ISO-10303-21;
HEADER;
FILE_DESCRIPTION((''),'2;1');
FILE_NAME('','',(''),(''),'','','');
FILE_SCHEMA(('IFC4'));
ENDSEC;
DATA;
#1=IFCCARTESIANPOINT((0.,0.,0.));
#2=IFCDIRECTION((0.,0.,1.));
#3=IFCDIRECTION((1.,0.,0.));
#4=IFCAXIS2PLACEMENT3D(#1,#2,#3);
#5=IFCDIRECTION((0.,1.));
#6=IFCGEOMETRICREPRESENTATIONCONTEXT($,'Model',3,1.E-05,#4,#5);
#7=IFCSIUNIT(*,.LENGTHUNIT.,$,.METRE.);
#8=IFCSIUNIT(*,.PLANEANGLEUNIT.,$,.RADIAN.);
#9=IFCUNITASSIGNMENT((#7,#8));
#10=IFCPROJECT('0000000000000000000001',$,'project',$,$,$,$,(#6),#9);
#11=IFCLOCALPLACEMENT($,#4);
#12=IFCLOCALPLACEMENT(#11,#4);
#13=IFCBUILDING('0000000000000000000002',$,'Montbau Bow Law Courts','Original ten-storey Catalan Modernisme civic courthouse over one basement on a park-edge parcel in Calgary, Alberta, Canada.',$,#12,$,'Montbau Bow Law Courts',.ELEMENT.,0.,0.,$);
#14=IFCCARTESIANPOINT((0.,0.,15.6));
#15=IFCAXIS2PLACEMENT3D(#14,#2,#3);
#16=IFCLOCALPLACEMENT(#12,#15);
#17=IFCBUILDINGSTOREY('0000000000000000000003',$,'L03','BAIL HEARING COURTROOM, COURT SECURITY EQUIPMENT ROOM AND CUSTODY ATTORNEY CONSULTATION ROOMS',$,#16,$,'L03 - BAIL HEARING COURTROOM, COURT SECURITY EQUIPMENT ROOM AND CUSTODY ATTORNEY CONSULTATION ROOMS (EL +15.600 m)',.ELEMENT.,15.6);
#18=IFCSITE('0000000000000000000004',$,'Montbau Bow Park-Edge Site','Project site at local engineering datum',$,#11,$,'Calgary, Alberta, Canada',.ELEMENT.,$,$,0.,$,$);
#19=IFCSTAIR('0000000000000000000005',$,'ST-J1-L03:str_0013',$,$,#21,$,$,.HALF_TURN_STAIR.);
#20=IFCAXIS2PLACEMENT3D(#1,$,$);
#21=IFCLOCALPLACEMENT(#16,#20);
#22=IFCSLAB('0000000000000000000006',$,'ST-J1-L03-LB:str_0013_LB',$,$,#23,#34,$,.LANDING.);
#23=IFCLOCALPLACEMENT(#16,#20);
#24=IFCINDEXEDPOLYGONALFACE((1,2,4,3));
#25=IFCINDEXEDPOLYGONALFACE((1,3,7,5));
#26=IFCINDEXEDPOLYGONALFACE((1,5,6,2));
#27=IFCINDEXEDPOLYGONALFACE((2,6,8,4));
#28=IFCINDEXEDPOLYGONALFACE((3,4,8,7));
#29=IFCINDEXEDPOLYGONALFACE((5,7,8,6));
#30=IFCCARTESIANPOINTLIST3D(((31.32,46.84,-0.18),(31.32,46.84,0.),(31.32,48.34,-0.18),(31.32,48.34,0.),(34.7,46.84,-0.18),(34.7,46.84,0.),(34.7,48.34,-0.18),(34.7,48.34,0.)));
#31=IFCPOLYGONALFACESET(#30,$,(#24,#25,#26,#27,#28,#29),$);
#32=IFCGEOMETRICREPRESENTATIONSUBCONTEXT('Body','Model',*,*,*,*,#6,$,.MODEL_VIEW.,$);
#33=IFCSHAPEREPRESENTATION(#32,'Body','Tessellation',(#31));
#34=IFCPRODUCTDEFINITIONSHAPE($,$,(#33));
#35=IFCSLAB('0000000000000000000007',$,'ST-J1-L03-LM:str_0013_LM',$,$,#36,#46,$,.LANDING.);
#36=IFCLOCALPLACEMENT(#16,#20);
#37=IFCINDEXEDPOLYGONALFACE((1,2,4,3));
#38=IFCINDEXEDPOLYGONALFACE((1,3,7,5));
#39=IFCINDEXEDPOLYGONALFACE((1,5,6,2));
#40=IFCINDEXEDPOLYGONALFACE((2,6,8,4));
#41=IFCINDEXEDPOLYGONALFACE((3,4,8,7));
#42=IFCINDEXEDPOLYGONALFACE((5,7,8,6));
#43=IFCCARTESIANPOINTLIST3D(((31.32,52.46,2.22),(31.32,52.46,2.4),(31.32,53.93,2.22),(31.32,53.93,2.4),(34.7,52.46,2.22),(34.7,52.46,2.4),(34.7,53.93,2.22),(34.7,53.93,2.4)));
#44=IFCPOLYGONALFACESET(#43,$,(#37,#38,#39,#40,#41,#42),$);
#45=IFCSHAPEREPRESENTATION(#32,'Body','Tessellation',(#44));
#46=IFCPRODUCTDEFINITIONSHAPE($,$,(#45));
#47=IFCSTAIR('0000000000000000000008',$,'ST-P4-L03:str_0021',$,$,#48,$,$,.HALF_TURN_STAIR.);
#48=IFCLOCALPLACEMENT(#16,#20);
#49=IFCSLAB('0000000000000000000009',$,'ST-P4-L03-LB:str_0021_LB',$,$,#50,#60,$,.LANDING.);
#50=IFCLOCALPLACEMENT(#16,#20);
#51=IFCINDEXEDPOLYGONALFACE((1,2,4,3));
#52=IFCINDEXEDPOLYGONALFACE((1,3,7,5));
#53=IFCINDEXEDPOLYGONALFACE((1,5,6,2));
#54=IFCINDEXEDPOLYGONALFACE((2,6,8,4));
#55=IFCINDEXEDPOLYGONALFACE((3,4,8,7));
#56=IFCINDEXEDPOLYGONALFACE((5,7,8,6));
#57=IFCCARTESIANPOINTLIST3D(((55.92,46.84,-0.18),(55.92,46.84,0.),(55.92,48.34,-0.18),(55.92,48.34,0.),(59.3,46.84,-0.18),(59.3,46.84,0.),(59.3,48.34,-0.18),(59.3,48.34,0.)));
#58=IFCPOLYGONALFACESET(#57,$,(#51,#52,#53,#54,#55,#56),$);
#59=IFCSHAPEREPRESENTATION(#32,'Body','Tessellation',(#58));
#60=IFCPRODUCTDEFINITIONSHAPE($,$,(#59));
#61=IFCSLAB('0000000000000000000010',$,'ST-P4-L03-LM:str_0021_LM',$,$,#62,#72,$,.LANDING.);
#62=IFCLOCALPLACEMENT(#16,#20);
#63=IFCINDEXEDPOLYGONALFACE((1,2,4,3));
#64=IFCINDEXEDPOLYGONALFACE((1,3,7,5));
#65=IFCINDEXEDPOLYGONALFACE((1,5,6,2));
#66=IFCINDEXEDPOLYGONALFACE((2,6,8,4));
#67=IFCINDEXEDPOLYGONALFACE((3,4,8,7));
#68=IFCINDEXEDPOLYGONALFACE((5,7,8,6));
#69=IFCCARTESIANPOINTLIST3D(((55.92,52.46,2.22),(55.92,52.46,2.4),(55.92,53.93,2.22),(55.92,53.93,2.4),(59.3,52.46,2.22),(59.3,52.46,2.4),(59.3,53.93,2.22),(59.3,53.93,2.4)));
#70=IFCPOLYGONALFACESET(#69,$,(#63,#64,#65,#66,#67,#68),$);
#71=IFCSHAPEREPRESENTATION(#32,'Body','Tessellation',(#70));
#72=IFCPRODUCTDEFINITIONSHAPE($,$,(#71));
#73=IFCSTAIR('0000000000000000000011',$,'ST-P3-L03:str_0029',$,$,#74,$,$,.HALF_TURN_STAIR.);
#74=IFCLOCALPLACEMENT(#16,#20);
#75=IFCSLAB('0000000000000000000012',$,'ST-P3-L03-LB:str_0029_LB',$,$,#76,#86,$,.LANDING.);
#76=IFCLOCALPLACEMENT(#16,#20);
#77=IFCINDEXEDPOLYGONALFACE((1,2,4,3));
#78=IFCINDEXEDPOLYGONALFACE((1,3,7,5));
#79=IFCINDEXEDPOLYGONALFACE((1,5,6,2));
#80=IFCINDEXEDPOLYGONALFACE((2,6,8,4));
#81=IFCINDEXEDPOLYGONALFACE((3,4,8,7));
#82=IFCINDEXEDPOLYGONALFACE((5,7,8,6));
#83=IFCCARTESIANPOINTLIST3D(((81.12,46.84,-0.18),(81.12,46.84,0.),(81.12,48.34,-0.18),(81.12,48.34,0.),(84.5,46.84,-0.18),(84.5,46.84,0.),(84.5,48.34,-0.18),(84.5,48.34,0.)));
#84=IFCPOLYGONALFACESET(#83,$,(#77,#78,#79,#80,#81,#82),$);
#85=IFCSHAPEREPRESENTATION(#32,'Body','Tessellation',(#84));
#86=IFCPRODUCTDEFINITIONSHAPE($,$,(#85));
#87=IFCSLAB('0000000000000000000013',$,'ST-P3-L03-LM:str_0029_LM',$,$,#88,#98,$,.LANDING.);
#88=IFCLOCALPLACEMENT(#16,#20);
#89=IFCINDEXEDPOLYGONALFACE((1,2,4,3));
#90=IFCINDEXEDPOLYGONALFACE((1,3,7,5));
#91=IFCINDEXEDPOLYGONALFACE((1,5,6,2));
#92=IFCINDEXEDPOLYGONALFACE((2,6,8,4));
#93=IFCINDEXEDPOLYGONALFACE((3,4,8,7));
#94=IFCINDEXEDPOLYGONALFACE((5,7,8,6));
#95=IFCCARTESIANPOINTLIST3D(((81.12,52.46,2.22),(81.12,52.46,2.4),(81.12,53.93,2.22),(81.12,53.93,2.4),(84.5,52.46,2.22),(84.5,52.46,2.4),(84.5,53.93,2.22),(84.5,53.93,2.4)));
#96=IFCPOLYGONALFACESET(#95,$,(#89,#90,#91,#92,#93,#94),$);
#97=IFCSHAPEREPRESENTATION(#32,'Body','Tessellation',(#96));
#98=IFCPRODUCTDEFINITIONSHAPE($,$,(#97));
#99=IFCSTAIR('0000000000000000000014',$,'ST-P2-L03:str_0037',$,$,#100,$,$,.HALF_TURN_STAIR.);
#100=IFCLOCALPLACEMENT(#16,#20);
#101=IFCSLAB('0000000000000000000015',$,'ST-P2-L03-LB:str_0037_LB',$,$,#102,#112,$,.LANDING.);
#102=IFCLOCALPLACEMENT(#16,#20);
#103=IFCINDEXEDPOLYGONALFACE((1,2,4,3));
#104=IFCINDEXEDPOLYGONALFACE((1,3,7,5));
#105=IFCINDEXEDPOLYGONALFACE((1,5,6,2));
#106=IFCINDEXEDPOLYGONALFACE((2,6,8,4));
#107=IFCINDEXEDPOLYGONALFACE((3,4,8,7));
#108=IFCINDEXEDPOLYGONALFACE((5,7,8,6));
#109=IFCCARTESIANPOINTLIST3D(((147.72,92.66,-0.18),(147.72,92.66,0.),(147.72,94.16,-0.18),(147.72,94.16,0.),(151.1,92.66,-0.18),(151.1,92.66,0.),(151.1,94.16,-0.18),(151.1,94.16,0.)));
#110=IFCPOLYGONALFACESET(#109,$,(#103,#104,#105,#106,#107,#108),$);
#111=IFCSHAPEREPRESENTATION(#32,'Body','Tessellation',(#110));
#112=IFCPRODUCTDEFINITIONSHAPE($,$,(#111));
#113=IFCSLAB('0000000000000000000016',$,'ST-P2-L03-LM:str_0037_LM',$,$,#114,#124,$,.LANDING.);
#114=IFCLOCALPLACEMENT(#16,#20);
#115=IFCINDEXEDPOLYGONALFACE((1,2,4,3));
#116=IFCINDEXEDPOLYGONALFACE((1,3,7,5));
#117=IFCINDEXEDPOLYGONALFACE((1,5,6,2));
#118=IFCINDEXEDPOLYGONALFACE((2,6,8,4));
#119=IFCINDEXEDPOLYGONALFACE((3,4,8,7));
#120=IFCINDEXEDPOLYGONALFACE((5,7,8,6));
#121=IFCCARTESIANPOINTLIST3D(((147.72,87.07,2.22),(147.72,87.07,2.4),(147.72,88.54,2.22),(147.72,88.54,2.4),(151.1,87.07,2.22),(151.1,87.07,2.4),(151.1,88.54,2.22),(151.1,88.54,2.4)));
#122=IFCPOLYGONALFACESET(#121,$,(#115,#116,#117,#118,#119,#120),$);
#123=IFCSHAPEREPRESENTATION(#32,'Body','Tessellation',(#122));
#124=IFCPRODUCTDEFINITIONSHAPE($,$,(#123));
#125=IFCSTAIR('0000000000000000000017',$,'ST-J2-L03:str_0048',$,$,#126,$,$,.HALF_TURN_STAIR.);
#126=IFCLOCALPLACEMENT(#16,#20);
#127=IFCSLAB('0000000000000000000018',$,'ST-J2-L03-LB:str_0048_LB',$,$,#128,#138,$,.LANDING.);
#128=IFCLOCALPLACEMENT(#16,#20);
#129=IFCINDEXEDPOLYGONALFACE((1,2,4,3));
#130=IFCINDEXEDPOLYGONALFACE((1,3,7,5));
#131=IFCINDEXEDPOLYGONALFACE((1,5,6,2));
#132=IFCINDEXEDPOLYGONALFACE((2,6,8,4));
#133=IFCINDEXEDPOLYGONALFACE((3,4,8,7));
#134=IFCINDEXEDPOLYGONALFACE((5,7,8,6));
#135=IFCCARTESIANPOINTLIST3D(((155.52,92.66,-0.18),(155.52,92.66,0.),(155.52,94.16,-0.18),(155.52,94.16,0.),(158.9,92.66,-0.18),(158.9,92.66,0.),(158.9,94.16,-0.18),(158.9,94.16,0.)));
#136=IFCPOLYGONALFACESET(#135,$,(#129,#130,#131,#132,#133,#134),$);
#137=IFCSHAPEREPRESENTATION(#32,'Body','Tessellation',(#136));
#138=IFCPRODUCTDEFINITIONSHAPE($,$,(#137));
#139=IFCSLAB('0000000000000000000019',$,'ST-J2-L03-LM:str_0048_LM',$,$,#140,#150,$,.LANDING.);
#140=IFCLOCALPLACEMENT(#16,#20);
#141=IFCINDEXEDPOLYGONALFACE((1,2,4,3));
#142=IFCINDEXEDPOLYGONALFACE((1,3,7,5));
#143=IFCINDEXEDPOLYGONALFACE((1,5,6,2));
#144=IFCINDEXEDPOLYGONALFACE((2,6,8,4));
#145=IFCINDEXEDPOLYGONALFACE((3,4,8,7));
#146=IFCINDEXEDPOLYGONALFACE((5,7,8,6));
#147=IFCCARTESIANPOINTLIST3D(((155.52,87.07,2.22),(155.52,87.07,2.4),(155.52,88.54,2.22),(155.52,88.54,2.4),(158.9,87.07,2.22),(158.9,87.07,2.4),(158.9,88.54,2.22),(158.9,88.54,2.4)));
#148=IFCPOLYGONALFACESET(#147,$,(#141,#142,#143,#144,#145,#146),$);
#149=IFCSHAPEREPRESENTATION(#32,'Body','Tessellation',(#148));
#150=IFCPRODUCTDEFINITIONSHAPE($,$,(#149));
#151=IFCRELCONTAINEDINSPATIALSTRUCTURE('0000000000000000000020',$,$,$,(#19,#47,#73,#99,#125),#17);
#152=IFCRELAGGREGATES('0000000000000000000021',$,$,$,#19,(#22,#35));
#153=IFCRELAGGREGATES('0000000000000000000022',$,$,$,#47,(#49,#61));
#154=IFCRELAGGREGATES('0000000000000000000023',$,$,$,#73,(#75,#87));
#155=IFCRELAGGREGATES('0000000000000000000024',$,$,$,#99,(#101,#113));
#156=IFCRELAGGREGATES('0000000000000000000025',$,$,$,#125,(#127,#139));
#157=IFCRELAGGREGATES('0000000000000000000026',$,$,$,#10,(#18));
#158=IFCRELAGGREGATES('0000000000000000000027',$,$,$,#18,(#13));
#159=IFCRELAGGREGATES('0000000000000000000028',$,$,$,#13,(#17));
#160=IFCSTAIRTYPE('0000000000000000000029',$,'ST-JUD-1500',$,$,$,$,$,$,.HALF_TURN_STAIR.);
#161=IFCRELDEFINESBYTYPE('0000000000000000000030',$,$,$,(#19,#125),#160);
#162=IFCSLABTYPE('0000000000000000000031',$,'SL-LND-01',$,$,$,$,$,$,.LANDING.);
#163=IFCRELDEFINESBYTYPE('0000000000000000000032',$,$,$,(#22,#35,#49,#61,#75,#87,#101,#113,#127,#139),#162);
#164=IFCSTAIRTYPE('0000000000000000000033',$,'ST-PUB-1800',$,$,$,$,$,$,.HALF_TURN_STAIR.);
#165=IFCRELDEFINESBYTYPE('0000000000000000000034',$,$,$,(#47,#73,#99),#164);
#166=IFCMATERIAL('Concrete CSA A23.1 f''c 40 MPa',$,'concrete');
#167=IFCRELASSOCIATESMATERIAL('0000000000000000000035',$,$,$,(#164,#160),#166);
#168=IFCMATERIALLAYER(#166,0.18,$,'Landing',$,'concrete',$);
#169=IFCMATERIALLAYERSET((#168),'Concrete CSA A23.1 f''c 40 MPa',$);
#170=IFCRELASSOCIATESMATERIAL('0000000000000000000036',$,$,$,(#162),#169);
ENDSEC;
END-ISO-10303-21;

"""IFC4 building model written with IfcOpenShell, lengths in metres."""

from ifc_helpers import new_model, si_unit, direction, frame, origin_with_axes, place, context, subcontext, project, spatial, polyline, outline, extrude, material, layer, layer_set, type_object, element, aggregate, save


model = new_model("IFC4")

# Units and contexts
model_context = context("Model", 3, precision=1e-05, world=origin_with_axes(), true_north=direction((0.0, 1.0)))
body_context = subcontext(model_context, "Body", "Model", "MODEL_VIEW")
ifc_project = project(units=[si_unit("LENGTHUNIT", "METRE"), si_unit("PLANEANGLEUNIT", "RADIAN")], contexts=[model_context])

# Site, building, storey
site_placement = place(None, origin_with_axes())
site = spatial("IfcSite", under=ifc_project, at=site_placement, Name="Montbau Bow Park-Edge Site", Description="Project site at local engineering datum", LongName="Calgary, Alberta, Canada", CompositionType="ELEMENT", RefElevation=0.0)
building_placement = place(site_placement, origin_with_axes())
building = spatial("IfcBuilding", under=site, at=building_placement, Name="Montbau Bow Law Courts", Description="Original ten-storey Catalan Modernisme civic courthouse over one basement on a park-edge parcel in Calgary, Alberta, Canada.", LongName="Montbau Bow Law Courts", CompositionType="ELEMENT", ElevationOfRefHeight=0.0, ElevationOfTerrain=0.0)
storey_placement = place(building_placement, frame((0.0, 0.0, 15.6), z_axis=(0.0, 0.0, 1.0), x_axis=(1.0, 0.0, 0.0)))
storey = spatial("IfcBuildingStorey", under=building, at=storey_placement, Name="L03", Description="BAIL HEARING COURTROOM, COURT SECURITY EQUIPMENT ROOM AND CUSTODY ATTORNEY CONSULTATION ROOMS", LongName="L03 - BAIL HEARING COURTROOM, COURT SECURITY EQUIPMENT ROOM AND CUSTODY ATTORNEY CONSULTATION ROOMS (EL +15.600 m)", CompositionType="ELEMENT", Elevation=15.6)

# Shared definitions
ifc_material_1 = material(Name="Concrete CSA A23.1 f'c 40 MPa", Category="concrete")

# Stairs, slabs
stair_type_1 = type_object("IfcStairType", Name="ST-PUB-1800", PredefinedType="HALF_TURN_STAIR", material=ifc_material_1)
ifc_layer_1 = layer(ifc_material_1, 0.18, Name="Landing", Category="concrete")
ifc_layer_set_1 = layer_set([ifc_layer_1], Name="Concrete CSA A23.1 f'c 40 MPa")
slab_type_1 = type_object("IfcSlabType", Name="SL-LND-01", PredefinedType="LANDING", material=ifc_layer_set_1)
stair_type_2 = type_object("IfcStairType", Name="ST-JUD-1500", PredefinedType="HALF_TURN_STAIR", material=ifc_material_1)
stair_1_placement = place(None, frame((32.065, 48.3, 15.6), z_axis=(0.0, 0.0, 1.0), x_axis=(1.0, 0.0, 0.0)))
stair_1 = element("IfcStair", 1, at=stair_1_placement, inside=storey, type_object=stair_type_2, Name="ST-J1-L03:str_0013", PredefinedType="HALF_TURN_STAIR")
slab_1_placement = place(None, frame((0.0, 0.0, 15.42), z_axis=(0.0, 0.0, 1.0), x_axis=(1.0, 0.0, 0.0)))
slab_1 = element("IfcSlab", 2, at=slab_1_placement, type_object=slab_type_1, Name="ST-J1-L03-LB:str_0013_LB", PredefinedType="LANDING", context=body_context, shape_type="SweptSolid", body=[
    extrude(outline(polyline([(31.32, 46.84), (34.7, 46.84), (34.7, 48.34), (31.32, 48.34), (31.32, 46.84)])), origin_with_axes(), (0.0, 0.0, 1.0), 0.18),
])
slab_2_placement = place(None, frame((0.0, 0.0, 17.82), z_axis=(0.0, 0.0, 1.0), x_axis=(1.0, 0.0, 0.0)))
slab_2 = element("IfcSlab", 3, at=slab_2_placement, type_object=slab_type_1, Name="ST-J1-L03-LM:str_0013_LM", PredefinedType="LANDING", context=body_context, shape_type="SweptSolid", body=[
    extrude(outline(polyline([(31.32, 52.46), (34.7, 52.46), (34.7, 53.93), (31.32, 53.93), (31.32, 52.46)])), origin_with_axes(), (0.0, 0.0, 1.0), 0.18),
])
aggregate(stair_1, [slab_1, slab_2])
stair_2_placement = place(None, frame((56.705, 48.3, 15.6), z_axis=(0.0, 0.0, 1.0), x_axis=(1.0, 0.0, 0.0)))
stair_2 = element("IfcStair", 4, at=stair_2_placement, inside=storey, type_object=stair_type_1, Name="ST-P4-L03:str_0021", PredefinedType="HALF_TURN_STAIR")
slab_3_placement = place(None, frame((0.0, 0.0, 15.42), z_axis=(0.0, 0.0, 1.0), x_axis=(1.0, 0.0, 0.0)))
slab_3 = element("IfcSlab", 5, at=slab_3_placement, type_object=slab_type_1, Name="ST-P4-L03-LB:str_0021_LB", PredefinedType="LANDING", context=body_context, shape_type="SweptSolid", body=[
    extrude(outline(polyline([(55.92, 46.84), (59.3, 46.84), (59.3, 48.34), (55.92, 48.34), (55.92, 46.84)])), origin_with_axes(), (0.0, 0.0, 1.0), 0.18),
])
slab_4_placement = place(None, frame((0.0, 0.0, 17.82), z_axis=(0.0, 0.0, 1.0), x_axis=(1.0, 0.0, 0.0)))
slab_4 = element("IfcSlab", 6, at=slab_4_placement, type_object=slab_type_1, Name="ST-P4-L03-LM:str_0021_LM", PredefinedType="LANDING", context=body_context, shape_type="SweptSolid", body=[
    extrude(outline(polyline([(55.92, 52.46), (59.3, 52.46), (59.3, 53.93), (55.92, 53.93), (55.92, 52.46)])), origin_with_axes(), (0.0, 0.0, 1.0), 0.18),
])
aggregate(stair_2, [slab_3, slab_4])
stair_3_placement = place(None, frame((81.905, 48.3, 15.6), z_axis=(0.0, 0.0, 1.0), x_axis=(1.0, 0.0, 0.0)))
stair_3 = element("IfcStair", 7, at=stair_3_placement, inside=storey, type_object=stair_type_1, Name="ST-P3-L03:str_0029", PredefinedType="HALF_TURN_STAIR")
slab_5_placement = place(None, frame((0.0, 0.0, 15.42), z_axis=(0.0, 0.0, 1.0), x_axis=(1.0, 0.0, 0.0)))
slab_5 = element("IfcSlab", 8, at=slab_5_placement, type_object=slab_type_1, Name="ST-P3-L03-LB:str_0029_LB", PredefinedType="LANDING", context=body_context, shape_type="SweptSolid", body=[
    extrude(outline(polyline([(81.12, 46.84), (84.5, 46.84), (84.5, 48.34), (81.12, 48.34), (81.12, 46.84)])), origin_with_axes(), (0.0, 0.0, 1.0), 0.18),
])
slab_6_placement = place(None, frame((0.0, 0.0, 17.82), z_axis=(0.0, 0.0, 1.0), x_axis=(1.0, 0.0, 0.0)))
slab_6 = element("IfcSlab", 9, at=slab_6_placement, type_object=slab_type_1, Name="ST-P3-L03-LM:str_0029_LM", PredefinedType="LANDING", context=body_context, shape_type="SweptSolid", body=[
    extrude(outline(polyline([(81.12, 52.46), (84.5, 52.46), (84.5, 53.93), (81.12, 53.93), (81.12, 52.46)])), origin_with_axes(), (0.0, 0.0, 1.0), 0.18),
])
aggregate(stair_3, [slab_5, slab_6])
stair_4_placement = place(None, frame((148.505, 92.7, 15.6), z_axis=(0.0, 0.0, 1.0), x_axis=(1.0, 0.0, 0.0)))
stair_4 = element("IfcStair", 10, at=stair_4_placement, inside=storey, type_object=stair_type_1, Name="ST-P2-L03:str_0037", PredefinedType="HALF_TURN_STAIR")
slab_7_placement = place(None, frame((0.0, 0.0, 15.42), z_axis=(0.0, 0.0, 1.0), x_axis=(1.0, 0.0, 0.0)))
slab_7 = element("IfcSlab", 11, at=slab_7_placement, type_object=slab_type_1, Name="ST-P2-L03-LB:str_0037_LB", PredefinedType="LANDING", context=body_context, shape_type="SweptSolid", body=[
    extrude(outline(polyline([(147.72, 92.66), (151.1, 92.66), (151.1, 94.16), (147.72, 94.16), (147.72, 92.66)])), origin_with_axes(), (0.0, 0.0, 1.0), 0.18),
])
slab_8_placement = place(None, frame((0.0, 0.0, 17.82), z_axis=(0.0, 0.0, 1.0), x_axis=(1.0, 0.0, 0.0)))
slab_8 = element("IfcSlab", 12, at=slab_8_placement, type_object=slab_type_1, Name="ST-P2-L03-LM:str_0037_LM", PredefinedType="LANDING", context=body_context, shape_type="SweptSolid", body=[
    extrude(outline(polyline([(147.72, 87.07), (151.1, 87.07), (151.1, 88.54), (147.72, 88.54), (147.72, 87.07)])), origin_with_axes(), (0.0, 0.0, 1.0), 0.18),
])
aggregate(stair_4, [slab_7, slab_8])
stair_5_placement = place(None, frame((156.265, 92.7, 15.6), z_axis=(0.0, 0.0, 1.0), x_axis=(1.0, 0.0, 0.0)))
stair_5 = element("IfcStair", 13, at=stair_5_placement, inside=storey, type_object=stair_type_2, Name="ST-J2-L03:str_0048", PredefinedType="HALF_TURN_STAIR")
slab_9_placement = place(None, frame((0.0, 0.0, 15.42), z_axis=(0.0, 0.0, 1.0), x_axis=(1.0, 0.0, 0.0)))
slab_9 = element("IfcSlab", 14, at=slab_9_placement, type_object=slab_type_1, Name="ST-J2-L03-LB:str_0048_LB", PredefinedType="LANDING", context=body_context, shape_type="SweptSolid", body=[
    extrude(outline(polyline([(155.52, 92.66), (158.9, 92.66), (158.9, 94.16), (155.52, 94.16), (155.52, 92.66)])), origin_with_axes(), (0.0, 0.0, 1.0), 0.18),
])
slab_10_placement = place(None, frame((0.0, 0.0, 17.82), z_axis=(0.0, 0.0, 1.0), x_axis=(1.0, 0.0, 0.0)))
slab_10 = element("IfcSlab", 15, at=slab_10_placement, type_object=slab_type_1, Name="ST-J2-L03-LM:str_0048_LM", PredefinedType="LANDING", context=body_context, shape_type="SweptSolid", body=[
    extrude(outline(polyline([(155.52, 87.07), (158.9, 87.07), (158.9, 88.54), (155.52, 88.54), (155.52, 87.07)])), origin_with_axes(), (0.0, 0.0, 1.0), 0.18),
])
aggregate(stair_5, [slab_9, slab_10])

save(model, "model.ifc")
